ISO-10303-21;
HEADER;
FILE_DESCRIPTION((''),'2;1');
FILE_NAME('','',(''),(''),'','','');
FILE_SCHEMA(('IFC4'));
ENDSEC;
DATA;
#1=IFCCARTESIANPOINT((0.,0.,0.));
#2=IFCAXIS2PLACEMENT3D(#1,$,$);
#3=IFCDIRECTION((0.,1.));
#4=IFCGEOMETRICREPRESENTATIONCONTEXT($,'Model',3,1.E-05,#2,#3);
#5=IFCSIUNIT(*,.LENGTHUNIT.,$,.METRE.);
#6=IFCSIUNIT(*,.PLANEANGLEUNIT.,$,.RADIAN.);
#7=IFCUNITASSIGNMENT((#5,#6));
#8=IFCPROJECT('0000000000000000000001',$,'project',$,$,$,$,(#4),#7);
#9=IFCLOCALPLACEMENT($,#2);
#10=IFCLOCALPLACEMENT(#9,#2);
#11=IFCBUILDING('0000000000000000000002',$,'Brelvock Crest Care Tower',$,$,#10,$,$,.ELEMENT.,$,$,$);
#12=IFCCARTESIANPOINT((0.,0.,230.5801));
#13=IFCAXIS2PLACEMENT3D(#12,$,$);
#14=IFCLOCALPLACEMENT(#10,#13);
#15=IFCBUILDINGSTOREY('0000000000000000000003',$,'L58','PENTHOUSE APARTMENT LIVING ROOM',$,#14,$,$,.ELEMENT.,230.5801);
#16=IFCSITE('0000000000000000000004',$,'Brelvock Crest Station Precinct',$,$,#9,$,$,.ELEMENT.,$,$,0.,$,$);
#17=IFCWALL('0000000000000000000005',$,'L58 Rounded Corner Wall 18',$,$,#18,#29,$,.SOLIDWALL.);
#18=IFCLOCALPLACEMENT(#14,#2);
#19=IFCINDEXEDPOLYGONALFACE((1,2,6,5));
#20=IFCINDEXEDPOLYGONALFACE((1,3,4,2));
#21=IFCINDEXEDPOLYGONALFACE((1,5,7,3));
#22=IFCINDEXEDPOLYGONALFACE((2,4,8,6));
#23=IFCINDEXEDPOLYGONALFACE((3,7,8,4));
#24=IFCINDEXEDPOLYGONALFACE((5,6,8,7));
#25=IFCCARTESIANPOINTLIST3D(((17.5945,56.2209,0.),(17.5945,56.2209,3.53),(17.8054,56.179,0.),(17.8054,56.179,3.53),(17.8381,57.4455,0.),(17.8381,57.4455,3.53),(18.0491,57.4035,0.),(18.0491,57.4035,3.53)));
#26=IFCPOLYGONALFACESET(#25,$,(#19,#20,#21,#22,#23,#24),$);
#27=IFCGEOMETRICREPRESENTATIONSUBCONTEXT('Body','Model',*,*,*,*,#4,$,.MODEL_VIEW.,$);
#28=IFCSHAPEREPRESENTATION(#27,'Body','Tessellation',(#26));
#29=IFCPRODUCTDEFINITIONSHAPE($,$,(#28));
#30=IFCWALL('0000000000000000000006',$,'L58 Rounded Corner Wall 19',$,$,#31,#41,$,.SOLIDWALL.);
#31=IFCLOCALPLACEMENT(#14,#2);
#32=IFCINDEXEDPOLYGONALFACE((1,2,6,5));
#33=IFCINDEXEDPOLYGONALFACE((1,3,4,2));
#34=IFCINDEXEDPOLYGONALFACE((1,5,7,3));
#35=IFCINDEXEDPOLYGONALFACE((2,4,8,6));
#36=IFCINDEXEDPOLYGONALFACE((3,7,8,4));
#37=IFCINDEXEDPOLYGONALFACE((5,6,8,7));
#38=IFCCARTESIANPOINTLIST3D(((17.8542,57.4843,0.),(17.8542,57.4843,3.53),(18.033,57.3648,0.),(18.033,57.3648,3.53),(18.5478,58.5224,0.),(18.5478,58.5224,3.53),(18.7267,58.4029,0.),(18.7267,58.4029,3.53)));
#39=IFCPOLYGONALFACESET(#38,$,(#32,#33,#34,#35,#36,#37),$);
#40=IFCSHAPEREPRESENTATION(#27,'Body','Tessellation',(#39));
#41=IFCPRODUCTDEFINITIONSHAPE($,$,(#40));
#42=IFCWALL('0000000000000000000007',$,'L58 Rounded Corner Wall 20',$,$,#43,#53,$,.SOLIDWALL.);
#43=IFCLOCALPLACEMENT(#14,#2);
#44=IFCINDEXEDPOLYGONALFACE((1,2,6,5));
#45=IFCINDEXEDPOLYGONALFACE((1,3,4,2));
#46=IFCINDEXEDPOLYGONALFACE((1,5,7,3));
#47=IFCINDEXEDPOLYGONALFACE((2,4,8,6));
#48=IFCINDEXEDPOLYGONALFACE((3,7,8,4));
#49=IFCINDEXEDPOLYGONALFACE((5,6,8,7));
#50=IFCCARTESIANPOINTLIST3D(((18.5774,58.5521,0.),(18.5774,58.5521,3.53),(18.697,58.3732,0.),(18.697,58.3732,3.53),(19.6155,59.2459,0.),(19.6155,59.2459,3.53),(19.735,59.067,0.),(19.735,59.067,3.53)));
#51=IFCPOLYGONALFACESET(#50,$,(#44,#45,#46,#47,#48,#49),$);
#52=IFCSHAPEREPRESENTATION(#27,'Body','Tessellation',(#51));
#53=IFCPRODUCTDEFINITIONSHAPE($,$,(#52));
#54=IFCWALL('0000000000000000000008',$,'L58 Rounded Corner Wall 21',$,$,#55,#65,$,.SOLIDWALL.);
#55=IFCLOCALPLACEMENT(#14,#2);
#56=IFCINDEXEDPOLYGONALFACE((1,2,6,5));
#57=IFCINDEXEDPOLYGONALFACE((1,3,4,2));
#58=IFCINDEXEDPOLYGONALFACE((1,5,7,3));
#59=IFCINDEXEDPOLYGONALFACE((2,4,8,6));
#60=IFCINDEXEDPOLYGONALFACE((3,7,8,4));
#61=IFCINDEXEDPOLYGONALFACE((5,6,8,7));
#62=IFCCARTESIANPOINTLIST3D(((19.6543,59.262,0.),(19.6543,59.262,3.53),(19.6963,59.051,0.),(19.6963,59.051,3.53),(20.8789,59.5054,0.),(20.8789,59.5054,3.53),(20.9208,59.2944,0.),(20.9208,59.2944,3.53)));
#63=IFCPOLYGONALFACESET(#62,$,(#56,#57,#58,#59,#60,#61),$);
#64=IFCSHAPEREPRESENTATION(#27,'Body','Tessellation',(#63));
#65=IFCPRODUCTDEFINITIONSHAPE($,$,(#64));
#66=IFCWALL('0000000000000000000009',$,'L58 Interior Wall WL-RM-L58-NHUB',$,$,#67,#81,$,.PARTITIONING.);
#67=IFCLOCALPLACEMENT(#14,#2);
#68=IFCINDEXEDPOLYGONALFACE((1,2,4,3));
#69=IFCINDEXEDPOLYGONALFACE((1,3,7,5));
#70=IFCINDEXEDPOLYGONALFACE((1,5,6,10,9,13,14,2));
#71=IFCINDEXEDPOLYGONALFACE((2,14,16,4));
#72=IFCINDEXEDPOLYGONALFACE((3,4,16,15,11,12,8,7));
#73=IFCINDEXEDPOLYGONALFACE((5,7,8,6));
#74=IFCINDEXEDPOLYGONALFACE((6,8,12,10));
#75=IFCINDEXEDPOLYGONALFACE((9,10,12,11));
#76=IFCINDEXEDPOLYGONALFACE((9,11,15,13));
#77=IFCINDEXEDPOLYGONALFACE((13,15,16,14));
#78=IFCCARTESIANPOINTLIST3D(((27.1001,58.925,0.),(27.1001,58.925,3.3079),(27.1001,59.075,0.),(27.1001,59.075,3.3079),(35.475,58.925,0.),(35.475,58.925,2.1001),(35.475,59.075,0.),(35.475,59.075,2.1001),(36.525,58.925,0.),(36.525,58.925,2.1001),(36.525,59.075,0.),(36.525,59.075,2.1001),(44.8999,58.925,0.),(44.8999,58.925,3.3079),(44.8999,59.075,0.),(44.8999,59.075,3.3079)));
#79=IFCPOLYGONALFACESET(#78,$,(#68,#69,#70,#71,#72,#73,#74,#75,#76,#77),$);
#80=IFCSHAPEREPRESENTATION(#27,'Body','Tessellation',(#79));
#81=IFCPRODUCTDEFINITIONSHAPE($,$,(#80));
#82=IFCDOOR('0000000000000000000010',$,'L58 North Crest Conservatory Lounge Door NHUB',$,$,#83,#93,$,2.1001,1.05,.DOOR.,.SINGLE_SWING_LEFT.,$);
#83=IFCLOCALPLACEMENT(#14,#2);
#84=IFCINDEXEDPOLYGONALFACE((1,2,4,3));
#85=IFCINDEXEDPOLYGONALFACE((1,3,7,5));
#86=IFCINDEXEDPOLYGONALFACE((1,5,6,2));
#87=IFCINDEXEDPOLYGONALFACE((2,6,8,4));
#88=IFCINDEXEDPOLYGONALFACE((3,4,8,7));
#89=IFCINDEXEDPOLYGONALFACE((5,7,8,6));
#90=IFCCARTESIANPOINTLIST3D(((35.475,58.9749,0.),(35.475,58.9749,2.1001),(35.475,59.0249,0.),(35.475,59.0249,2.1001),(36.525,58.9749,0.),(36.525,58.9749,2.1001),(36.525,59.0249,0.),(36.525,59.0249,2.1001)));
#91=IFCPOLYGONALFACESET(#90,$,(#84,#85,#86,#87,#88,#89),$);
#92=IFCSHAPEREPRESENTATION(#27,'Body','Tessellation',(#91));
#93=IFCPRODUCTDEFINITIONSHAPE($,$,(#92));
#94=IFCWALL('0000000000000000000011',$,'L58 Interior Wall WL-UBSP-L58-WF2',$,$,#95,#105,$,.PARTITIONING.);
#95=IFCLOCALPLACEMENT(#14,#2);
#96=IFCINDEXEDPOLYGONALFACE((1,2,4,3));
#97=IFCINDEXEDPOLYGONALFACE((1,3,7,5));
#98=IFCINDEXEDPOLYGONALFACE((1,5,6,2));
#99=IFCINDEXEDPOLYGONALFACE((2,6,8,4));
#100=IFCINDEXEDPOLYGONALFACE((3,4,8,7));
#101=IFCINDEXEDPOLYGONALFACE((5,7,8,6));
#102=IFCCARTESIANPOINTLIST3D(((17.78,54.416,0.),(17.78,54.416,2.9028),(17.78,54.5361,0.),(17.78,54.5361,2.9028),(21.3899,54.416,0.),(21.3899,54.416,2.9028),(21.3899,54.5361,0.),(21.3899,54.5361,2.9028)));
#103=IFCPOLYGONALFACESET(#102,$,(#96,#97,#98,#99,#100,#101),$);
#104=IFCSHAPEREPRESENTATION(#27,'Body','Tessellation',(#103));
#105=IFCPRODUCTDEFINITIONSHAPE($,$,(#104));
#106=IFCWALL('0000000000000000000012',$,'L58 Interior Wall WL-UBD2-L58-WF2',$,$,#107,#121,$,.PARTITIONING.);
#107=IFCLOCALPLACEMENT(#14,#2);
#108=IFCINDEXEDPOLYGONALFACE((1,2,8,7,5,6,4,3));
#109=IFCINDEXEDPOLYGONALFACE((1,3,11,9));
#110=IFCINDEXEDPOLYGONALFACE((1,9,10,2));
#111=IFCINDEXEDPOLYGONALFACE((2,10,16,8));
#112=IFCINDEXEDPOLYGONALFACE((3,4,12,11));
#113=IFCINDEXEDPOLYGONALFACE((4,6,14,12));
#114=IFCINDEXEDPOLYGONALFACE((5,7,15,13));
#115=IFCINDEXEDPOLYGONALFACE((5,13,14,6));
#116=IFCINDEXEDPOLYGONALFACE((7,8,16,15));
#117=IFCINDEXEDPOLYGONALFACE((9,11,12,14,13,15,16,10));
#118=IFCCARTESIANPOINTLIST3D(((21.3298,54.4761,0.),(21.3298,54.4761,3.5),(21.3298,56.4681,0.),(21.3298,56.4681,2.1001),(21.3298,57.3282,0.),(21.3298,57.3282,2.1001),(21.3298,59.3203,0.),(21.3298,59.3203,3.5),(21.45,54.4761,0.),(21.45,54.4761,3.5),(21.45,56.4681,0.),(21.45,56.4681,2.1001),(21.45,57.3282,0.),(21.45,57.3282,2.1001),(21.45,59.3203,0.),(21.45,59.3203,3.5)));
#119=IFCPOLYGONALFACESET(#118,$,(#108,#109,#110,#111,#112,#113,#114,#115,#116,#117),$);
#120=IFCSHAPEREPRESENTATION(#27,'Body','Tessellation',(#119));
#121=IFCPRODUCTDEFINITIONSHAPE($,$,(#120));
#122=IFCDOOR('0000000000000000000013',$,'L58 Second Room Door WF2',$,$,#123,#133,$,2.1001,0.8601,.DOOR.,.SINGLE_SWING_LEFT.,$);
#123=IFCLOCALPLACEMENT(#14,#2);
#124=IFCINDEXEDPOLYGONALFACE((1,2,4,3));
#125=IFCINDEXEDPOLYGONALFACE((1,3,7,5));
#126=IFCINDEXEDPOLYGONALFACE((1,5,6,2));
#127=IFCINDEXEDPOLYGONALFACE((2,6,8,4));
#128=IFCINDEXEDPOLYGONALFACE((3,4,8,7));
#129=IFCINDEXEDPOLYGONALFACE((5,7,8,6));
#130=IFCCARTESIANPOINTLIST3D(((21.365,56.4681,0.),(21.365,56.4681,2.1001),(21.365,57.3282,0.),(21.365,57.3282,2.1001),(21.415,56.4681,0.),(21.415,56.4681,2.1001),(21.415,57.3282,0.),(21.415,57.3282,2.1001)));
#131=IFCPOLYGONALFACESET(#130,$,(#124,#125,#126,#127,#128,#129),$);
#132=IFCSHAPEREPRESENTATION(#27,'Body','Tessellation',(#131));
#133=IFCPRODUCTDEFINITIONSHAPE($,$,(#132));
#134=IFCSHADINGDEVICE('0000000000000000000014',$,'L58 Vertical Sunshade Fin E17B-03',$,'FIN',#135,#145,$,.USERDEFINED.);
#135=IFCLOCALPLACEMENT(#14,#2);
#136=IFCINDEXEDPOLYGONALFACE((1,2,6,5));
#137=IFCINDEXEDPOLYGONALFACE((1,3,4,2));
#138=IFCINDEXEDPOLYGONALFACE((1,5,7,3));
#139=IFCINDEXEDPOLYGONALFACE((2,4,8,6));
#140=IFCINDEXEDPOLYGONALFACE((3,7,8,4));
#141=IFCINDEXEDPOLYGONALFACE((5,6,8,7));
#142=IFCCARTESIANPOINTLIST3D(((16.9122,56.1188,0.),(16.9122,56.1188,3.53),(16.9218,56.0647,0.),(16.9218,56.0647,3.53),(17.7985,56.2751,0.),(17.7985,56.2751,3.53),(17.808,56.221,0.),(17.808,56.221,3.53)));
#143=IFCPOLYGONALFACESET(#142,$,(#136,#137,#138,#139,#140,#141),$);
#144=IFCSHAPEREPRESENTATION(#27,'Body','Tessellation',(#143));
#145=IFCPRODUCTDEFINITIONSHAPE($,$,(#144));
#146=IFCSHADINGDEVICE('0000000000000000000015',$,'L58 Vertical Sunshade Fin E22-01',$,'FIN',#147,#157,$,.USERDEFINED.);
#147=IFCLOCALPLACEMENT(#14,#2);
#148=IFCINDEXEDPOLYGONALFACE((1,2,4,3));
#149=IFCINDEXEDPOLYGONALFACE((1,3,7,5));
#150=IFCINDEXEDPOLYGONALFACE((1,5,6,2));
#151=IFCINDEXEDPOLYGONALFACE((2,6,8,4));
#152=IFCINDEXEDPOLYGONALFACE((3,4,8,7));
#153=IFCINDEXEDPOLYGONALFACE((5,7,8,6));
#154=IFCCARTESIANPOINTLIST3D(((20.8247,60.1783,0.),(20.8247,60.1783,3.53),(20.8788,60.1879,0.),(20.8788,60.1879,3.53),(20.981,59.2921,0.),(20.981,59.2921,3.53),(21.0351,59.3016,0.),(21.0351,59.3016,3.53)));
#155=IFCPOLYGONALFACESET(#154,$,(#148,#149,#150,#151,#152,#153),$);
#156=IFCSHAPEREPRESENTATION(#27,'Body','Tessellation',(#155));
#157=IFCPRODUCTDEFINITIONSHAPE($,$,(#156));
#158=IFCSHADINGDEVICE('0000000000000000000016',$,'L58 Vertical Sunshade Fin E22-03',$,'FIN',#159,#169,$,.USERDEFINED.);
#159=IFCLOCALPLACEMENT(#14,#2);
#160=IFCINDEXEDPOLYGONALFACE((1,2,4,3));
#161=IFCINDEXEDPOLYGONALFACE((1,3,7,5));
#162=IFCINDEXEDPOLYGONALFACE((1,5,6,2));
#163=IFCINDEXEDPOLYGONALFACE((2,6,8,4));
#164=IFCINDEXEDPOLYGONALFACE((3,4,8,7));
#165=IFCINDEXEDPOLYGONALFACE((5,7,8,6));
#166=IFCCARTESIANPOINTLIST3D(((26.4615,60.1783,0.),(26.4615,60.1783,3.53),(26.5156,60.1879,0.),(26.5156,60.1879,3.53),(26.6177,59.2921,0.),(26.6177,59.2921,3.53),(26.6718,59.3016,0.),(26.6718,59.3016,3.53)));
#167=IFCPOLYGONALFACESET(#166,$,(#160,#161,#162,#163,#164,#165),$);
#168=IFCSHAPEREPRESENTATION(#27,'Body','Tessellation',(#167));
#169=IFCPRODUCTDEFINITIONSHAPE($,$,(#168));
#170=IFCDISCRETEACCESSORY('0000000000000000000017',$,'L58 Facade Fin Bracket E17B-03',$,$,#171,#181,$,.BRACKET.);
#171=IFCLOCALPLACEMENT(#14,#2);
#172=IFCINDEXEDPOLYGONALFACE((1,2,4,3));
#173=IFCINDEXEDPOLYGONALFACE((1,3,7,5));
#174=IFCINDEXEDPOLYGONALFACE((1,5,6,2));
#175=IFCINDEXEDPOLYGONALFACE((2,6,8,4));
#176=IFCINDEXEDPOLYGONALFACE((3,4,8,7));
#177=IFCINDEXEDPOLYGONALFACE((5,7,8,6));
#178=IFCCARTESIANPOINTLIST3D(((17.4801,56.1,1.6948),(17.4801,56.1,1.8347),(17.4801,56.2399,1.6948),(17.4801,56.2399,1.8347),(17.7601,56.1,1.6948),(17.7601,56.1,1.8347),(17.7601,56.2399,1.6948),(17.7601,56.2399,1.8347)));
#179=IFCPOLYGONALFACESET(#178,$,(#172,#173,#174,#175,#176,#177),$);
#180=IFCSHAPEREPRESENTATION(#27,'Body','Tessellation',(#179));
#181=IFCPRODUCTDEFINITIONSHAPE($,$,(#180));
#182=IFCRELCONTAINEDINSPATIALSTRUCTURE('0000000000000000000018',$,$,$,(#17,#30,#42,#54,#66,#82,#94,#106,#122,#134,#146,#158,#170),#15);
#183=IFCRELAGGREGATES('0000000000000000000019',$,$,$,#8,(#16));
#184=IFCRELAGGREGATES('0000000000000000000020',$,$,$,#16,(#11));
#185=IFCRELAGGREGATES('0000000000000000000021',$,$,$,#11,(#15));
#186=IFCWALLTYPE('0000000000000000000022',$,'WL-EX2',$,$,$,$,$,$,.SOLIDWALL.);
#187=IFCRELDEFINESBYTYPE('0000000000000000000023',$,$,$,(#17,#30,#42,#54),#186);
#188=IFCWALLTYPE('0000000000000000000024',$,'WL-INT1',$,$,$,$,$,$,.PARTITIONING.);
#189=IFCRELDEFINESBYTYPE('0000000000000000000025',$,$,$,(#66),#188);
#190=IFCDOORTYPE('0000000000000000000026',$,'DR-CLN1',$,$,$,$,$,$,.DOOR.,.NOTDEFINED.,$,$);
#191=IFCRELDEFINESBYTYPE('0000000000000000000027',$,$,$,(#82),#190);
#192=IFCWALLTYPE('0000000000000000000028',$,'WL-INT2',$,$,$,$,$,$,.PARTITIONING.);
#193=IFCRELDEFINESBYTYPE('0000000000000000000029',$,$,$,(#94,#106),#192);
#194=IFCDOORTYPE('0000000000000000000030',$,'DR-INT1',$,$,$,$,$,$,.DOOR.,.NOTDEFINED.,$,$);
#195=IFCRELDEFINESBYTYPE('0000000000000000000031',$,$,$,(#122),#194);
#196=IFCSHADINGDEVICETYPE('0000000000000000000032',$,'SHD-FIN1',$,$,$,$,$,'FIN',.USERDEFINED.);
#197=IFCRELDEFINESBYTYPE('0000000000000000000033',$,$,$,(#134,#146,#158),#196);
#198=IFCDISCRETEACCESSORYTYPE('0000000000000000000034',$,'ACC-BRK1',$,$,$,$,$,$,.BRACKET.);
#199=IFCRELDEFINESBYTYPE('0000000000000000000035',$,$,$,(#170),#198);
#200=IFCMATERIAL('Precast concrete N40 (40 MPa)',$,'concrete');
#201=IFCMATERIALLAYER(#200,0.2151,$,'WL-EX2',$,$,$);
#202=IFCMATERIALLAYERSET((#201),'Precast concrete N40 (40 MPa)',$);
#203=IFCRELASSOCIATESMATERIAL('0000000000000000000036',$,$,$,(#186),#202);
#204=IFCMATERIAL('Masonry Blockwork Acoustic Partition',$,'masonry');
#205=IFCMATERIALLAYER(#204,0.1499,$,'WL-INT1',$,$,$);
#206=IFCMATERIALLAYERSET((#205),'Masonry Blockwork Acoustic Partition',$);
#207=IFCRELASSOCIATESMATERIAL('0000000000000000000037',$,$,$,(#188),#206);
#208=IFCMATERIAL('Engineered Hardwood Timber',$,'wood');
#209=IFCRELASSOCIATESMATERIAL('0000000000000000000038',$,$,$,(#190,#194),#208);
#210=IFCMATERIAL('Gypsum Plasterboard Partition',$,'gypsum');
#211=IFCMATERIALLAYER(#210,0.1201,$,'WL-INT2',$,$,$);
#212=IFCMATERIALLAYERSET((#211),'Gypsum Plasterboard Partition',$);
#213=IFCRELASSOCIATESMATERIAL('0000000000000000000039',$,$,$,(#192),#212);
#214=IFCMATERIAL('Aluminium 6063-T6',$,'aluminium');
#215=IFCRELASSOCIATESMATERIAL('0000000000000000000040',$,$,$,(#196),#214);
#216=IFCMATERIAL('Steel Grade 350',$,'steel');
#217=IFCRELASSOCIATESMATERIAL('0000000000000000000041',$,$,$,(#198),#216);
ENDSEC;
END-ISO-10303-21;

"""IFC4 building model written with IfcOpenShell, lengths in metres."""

from ifc_helpers import new_model, si_unit, direction, frame, frame_2d, origin, origin_2d, place, context, subcontext, project, spatial, rectangle, extrude, source, transform, mapped, material, layer, layer_set, material_profile, profile_set, type_object, element, fill, save


model = new_model("IFC4")

# Units and contexts
model_context = context("Model", 3, precision=1e-05, world=origin(), true_north=direction((0.0, 1.0)))
body_context = subcontext(model_context, "Body", "Model", "MODEL_VIEW")
ifc_project = project(units=[si_unit("LENGTHUNIT", "METRE"), si_unit("PLANEANGLEUNIT", "RADIAN")], contexts=[model_context])

# Site, building, storey
site_placement = place(None, origin())
site = spatial("IfcSite", under=ifc_project, at=site_placement, Name="Brelvock Crest Station Precinct", CompositionType="ELEMENT", RefElevation=0.0)
building_placement = place(site_placement, origin())
building = spatial("IfcBuilding", under=site, at=building_placement, Name="Brelvock Crest Care Tower", CompositionType="ELEMENT")
storey_placement = place(building_placement, frame((0.0, 0.0, 230.5801)))
storey = spatial("IfcBuildingStorey", under=building, at=storey_placement, Name="L58", Description="PENTHOUSE APARTMENT LIVING ROOM", CompositionType="ELEMENT", Elevation=230.5801)

# Shared definitions
ifc_material_1 = material(Name="Steel Grade 350", Category="steel")

# Shared definitions
ifc_material_2 = material(Name="Aluminium 6063-T6", Category="aluminium")

# Walls
ifc_material_3 = material(Name="Precast concrete N40 (40 MPa)", Category="concrete")
ifc_layer_1 = layer(ifc_material_3, 0.2151, Name="WL-EX2")
ifc_layer_set_1 = layer_set([ifc_layer_1], Name="Precast concrete N40 (40 MPa)")
wall_type_1 = type_object("IfcWallType", Name="WL-EX2", PredefinedType="SOLIDWALL", material=ifc_layer_set_1)
for number, where, z_axis, x_axis, name in (
    (1, (17.7, 56.2, 0.0), (0.0, 0.0, 1.0), (0.195138, 0.980776, 0.0), "L58 Rounded Corner Wall 18"),
    (2, (17.9436, 57.4246, 0.0), (0.0, 0.0, 1.0), (0.555557, 0.831478, 0.0), "L58 Rounded Corner Wall 19"),
    (3, (18.6372, 58.4626, 0.0), (0.0, 0.0, 1.0), (0.831388, 0.555692, 0.0), "L58 Rounded Corner Wall 20"),
    (4, (19.6753, 59.1565, 0.0), (0.0, 0.0, 1.0), (0.980813, 0.19495, 0.0), "L58 Rounded Corner Wall 21"),
):
    element("IfcWall", number, at=place(storey_placement, frame(where, z_axis=z_axis, x_axis=x_axis)), inside=storey, type_object=wall_type_1, Name=name, PredefinedType="SOLIDWALL", context=body_context, shape_type="SweptSolid", body=[
        extrude(rectangle(XDim=1.2485, YDim=0.2151, at=frame_2d((0.6243, 0.0))), origin(), (0.0, 0.0, 1.0), 3.53),
    ])

# Wall, opening, door
ifc_material_4 = material(Name="Masonry Blockwork Acoustic Partition", Category="masonry")
ifc_layer_2 = layer(ifc_material_4, 0.1499, Name="WL-INT1")
ifc_layer_set_2 = layer_set([ifc_layer_2], Name="Masonry Blockwork Acoustic Partition")
wall_type_2 = type_object("IfcWallType", Name="WL-INT1", PredefinedType="PARTITIONING", material=ifc_layer_set_2)
wall_1_placement = place(storey_placement, frame((27.1001, 59.0, 0.0), z_axis=(0.0, 0.0, 1.0), x_axis=(1.0, 0.0, 0.0)))
wall_1 = element("IfcWall", 5, at=wall_1_placement, inside=storey, type_object=wall_type_2, Name="L58 Interior Wall WL-RM-L58-NHUB", PredefinedType="PARTITIONING", context=body_context, shape_type="SweptSolid", body=[
    extrude(rectangle(XDim=17.7998, YDim=0.1499, at=frame_2d((8.8999, 0.0))), origin(), (0.0, 0.0, 1.0), 3.3079),
])
opening_1_placement = place(wall_1_placement, frame((8.375, 0.0, 0.0)))
opening_1 = element("IfcOpeningElement", 6, at=opening_1_placement, cuts=wall_1, PredefinedType="OPENING", context=body_context, shape_type="SweptSolid", body=[
    extrude(rectangle(XDim=1.05, YDim=2.1001, at=origin_2d()), frame((0.5249, 0.085, 1.05), z_axis=(0.0, -1.0, 0.0), x_axis=(1.0, 0.0, 0.0)), (0.0, 0.0, 1.0), 0.1699),
])
ifc_material_5 = material(Name="Engineered Hardwood Timber", Category="wood")
door_type_1 = type_object("IfcDoorType", Name="DR-CLN1", OperationType="NOTDEFINED", PredefinedType="DOOR", material=ifc_material_5)
shared_shape_1 = source(origin(), body_context, "Body", "SweptSolid", [
    extrude(rectangle(XDim=1.05, YDim=2.1001, at=origin_2d()), frame((0.5249, 0.0249, 1.05), z_axis=(0.0, -1.0, 0.0), x_axis=(1.0, 0.0, 0.0)), (0.0, 0.0, 1.0), 0.05),
])
door_1_placement = place(opening_1_placement, origin())
door_1 = element("IfcDoor", 7, at=door_1_placement, inside=storey, type_object=door_type_1, Name="L58 North Crest Conservatory Lounge Door NHUB", OperationType="SINGLE_SWING_LEFT", OverallHeight=2.1001, OverallWidth=1.05, PredefinedType="DOOR", context=body_context, shape_type="MappedRepresentation", body=[
    mapped(shared_shape_1, transform((0.0, 0.0, 0.0), x_axis=(1.0, 0.0, 0.0), y_axis=(0.0, 1.0, 0.0), z_axis=(0.0, 0.0, 1.0), scale=1.0)),
])
fill(opening_1, door_1)

# Wall
ifc_material_6 = material(Name="Gypsum Plasterboard Partition", Category="gypsum")
ifc_layer_3 = layer(ifc_material_6, 0.1201, Name="WL-INT2")
ifc_layer_set_3 = layer_set([ifc_layer_3], Name="Gypsum Plasterboard Partition")
wall_type_3 = type_object("IfcWallType", Name="WL-INT2", PredefinedType="PARTITIONING", material=ifc_layer_set_3)
wall_2_placement = place(storey_placement, frame((17.78, 54.4761, 0.0), z_axis=(0.0, 0.0, 1.0), x_axis=(1.0, 0.0, 0.0)))
element("IfcWall", 8, at=wall_2_placement, inside=storey, type_object=wall_type_3, Name="L58 Interior Wall WL-UBSP-L58-WF2", PredefinedType="PARTITIONING", context=body_context, shape_type="SweptSolid", body=[
    extrude(rectangle(XDim=3.6099, YDim=0.1201, at=frame_2d((1.8049, 0.0))), origin(), (0.0, 0.0, 1.0), 2.9028),
])

# Wall, opening, door
wall_3_placement = place(storey_placement, frame((21.3899, 54.4761, 0.0), z_axis=(0.0, 0.0, 1.0), x_axis=(0.0, 1.0, 0.0)))
wall_3 = element("IfcWall", 9, at=wall_3_placement, inside=storey, type_object=wall_type_3, Name="L58 Interior Wall WL-UBD2-L58-WF2", PredefinedType="PARTITIONING", context=body_context, shape_type="SweptSolid", body=[
    extrude(rectangle(XDim=4.8442, YDim=0.1201, at=frame_2d((2.4221, 0.0))), origin(), (0.0, 0.0, 1.0), 3.5),
])
opening_2_placement = place(wall_3_placement, frame((1.9919, 0.0, 0.0)))
opening_2 = element("IfcOpeningElement", 10, at=opening_2_placement, cuts=wall_3, PredefinedType="OPENING", context=body_context, shape_type="SweptSolid", body=[
    extrude(rectangle(XDim=0.8601, YDim=2.1001, at=origin_2d()), frame((0.4302, 0.0701, 1.05), z_axis=(0.0, -1.0, 0.0), x_axis=(1.0, 0.0, 0.0)), (0.0, 0.0, 1.0), 0.1401),
])
door_type_2 = type_object("IfcDoorType", Name="DR-INT1", OperationType="NOTDEFINED", PredefinedType="DOOR", material=ifc_material_5)
shared_shape_2 = source(origin(), body_context, "Body", "SweptSolid", [
    extrude(rectangle(XDim=0.8601, YDim=2.1001, at=origin_2d()), frame((0.4302, 0.0249, 1.05), z_axis=(0.0, -1.0, 0.0), x_axis=(1.0, 0.0, 0.0)), (0.0, 0.0, 1.0), 0.05),
])
door_2_placement = place(opening_2_placement, origin())
door_2 = element("IfcDoor", 11, at=door_2_placement, inside=storey, type_object=door_type_2, Name="L58 Second Room Door WF2", OperationType="SINGLE_SWING_LEFT", OverallHeight=2.1001, OverallWidth=0.8601, PredefinedType="DOOR", context=body_context, shape_type="MappedRepresentation", body=[
    mapped(shared_shape_2, transform((0.0, 0.0, 0.0), x_axis=(1.0, 0.0, 0.0), y_axis=(0.0, 1.0, 0.0), z_axis=(0.0, 0.0, 1.0), scale=1.0)),
])
fill(opening_2, door_2)

# Shading devices
ifc_material_profile_1 = material_profile(ifc_material_2, rectangle(XDim=0.0549, YDim=0.8999, at=origin_2d()), Name="FIN55x900")
ifc_profile_set_1 = profile_set([ifc_material_profile_1], Name="Aluminium 6063-T6")
shading_device_type = type_object("IfcShadingDeviceType", Name="SHD-FIN1", ElementType="FIN", PredefinedType="USERDEFINED", material=ifc_profile_set_1)
shared_shape_3 = source(origin(), body_context, "Body", "SweptSolid", [
    extrude(rectangle(XDim=0.0549, YDim=0.8999, at=origin_2d()), origin(), (0.0, 0.0, 1.0), 3.53),
])
for number, where, z_axis, x_axis, name in (
    (12, (17.3601, 56.1699, 0.0), (0.0, 0.0, 1.0), (-0.173648, 0.984808, 0.0), "L58 Vertical Sunshade Fin E17B-03"),
    (13, (20.9299, 59.74, 0.0), (0.0, 0.0, 1.0), (0.984808, 0.173648, 0.0), "L58 Vertical Sunshade Fin E22-01"),
    (14, (26.5667, 59.74, 0.0), (0.0, 0.0, 1.0), (0.984808, 0.173648, 0.0), "L58 Vertical Sunshade Fin E22-03"),
):
    element("IfcShadingDevice", number, at=place(storey_placement, frame(where, z_axis=z_axis, x_axis=x_axis)), inside=storey, type_object=shading_device_type, Name=name, ObjectType="FIN", PredefinedType="USERDEFINED", context=body_context, shape_type="MappedRepresentation", body=[
        mapped(shared_shape_3, transform((0.0, 0.0, 0.0), x_axis=(1.0, 0.0, 0.0), y_axis=(0.0, 1.0, 0.0), z_axis=(0.0, 0.0, 1.0), scale=1.0)),
    ])

# Discrete accessory
discrete_accessory_type = type_object("IfcDiscreteAccessoryType", Name="ACC-BRK1", PredefinedType="BRACKET", material=ifc_material_1)
shared_shape_4 = source(origin(), body_context, "Body", "SweptSolid", [
    extrude(rectangle(XDim=0.28, YDim=0.1399, at=origin_2d()), origin(), (0.0, 0.0, 1.0), 0.1399),
])
for number, where, z_axis, x_axis, name in (
    (15, (17.6201, 56.1699, 1.6948), (0.0, 0.0, 1.0), (-1.0, 0.0, 0.0), "L58 Facade Fin Bracket E17B-03"),
):
    element("IfcDiscreteAccessory", number, at=place(storey_placement, frame(where, z_axis=z_axis, x_axis=x_axis)), inside=storey, type_object=discrete_accessory_type, Name=name, PredefinedType="BRACKET", context=body_context, shape_type="MappedRepresentation", body=[
        mapped(shared_shape_4, transform((0.0, 0.0, 0.0), x_axis=(1.0, 0.0, 0.0), y_axis=(0.0, 1.0, 0.0), z_axis=(0.0, 0.0, 1.0), scale=1.0)),
    ])

save(model, "model.ifc")
